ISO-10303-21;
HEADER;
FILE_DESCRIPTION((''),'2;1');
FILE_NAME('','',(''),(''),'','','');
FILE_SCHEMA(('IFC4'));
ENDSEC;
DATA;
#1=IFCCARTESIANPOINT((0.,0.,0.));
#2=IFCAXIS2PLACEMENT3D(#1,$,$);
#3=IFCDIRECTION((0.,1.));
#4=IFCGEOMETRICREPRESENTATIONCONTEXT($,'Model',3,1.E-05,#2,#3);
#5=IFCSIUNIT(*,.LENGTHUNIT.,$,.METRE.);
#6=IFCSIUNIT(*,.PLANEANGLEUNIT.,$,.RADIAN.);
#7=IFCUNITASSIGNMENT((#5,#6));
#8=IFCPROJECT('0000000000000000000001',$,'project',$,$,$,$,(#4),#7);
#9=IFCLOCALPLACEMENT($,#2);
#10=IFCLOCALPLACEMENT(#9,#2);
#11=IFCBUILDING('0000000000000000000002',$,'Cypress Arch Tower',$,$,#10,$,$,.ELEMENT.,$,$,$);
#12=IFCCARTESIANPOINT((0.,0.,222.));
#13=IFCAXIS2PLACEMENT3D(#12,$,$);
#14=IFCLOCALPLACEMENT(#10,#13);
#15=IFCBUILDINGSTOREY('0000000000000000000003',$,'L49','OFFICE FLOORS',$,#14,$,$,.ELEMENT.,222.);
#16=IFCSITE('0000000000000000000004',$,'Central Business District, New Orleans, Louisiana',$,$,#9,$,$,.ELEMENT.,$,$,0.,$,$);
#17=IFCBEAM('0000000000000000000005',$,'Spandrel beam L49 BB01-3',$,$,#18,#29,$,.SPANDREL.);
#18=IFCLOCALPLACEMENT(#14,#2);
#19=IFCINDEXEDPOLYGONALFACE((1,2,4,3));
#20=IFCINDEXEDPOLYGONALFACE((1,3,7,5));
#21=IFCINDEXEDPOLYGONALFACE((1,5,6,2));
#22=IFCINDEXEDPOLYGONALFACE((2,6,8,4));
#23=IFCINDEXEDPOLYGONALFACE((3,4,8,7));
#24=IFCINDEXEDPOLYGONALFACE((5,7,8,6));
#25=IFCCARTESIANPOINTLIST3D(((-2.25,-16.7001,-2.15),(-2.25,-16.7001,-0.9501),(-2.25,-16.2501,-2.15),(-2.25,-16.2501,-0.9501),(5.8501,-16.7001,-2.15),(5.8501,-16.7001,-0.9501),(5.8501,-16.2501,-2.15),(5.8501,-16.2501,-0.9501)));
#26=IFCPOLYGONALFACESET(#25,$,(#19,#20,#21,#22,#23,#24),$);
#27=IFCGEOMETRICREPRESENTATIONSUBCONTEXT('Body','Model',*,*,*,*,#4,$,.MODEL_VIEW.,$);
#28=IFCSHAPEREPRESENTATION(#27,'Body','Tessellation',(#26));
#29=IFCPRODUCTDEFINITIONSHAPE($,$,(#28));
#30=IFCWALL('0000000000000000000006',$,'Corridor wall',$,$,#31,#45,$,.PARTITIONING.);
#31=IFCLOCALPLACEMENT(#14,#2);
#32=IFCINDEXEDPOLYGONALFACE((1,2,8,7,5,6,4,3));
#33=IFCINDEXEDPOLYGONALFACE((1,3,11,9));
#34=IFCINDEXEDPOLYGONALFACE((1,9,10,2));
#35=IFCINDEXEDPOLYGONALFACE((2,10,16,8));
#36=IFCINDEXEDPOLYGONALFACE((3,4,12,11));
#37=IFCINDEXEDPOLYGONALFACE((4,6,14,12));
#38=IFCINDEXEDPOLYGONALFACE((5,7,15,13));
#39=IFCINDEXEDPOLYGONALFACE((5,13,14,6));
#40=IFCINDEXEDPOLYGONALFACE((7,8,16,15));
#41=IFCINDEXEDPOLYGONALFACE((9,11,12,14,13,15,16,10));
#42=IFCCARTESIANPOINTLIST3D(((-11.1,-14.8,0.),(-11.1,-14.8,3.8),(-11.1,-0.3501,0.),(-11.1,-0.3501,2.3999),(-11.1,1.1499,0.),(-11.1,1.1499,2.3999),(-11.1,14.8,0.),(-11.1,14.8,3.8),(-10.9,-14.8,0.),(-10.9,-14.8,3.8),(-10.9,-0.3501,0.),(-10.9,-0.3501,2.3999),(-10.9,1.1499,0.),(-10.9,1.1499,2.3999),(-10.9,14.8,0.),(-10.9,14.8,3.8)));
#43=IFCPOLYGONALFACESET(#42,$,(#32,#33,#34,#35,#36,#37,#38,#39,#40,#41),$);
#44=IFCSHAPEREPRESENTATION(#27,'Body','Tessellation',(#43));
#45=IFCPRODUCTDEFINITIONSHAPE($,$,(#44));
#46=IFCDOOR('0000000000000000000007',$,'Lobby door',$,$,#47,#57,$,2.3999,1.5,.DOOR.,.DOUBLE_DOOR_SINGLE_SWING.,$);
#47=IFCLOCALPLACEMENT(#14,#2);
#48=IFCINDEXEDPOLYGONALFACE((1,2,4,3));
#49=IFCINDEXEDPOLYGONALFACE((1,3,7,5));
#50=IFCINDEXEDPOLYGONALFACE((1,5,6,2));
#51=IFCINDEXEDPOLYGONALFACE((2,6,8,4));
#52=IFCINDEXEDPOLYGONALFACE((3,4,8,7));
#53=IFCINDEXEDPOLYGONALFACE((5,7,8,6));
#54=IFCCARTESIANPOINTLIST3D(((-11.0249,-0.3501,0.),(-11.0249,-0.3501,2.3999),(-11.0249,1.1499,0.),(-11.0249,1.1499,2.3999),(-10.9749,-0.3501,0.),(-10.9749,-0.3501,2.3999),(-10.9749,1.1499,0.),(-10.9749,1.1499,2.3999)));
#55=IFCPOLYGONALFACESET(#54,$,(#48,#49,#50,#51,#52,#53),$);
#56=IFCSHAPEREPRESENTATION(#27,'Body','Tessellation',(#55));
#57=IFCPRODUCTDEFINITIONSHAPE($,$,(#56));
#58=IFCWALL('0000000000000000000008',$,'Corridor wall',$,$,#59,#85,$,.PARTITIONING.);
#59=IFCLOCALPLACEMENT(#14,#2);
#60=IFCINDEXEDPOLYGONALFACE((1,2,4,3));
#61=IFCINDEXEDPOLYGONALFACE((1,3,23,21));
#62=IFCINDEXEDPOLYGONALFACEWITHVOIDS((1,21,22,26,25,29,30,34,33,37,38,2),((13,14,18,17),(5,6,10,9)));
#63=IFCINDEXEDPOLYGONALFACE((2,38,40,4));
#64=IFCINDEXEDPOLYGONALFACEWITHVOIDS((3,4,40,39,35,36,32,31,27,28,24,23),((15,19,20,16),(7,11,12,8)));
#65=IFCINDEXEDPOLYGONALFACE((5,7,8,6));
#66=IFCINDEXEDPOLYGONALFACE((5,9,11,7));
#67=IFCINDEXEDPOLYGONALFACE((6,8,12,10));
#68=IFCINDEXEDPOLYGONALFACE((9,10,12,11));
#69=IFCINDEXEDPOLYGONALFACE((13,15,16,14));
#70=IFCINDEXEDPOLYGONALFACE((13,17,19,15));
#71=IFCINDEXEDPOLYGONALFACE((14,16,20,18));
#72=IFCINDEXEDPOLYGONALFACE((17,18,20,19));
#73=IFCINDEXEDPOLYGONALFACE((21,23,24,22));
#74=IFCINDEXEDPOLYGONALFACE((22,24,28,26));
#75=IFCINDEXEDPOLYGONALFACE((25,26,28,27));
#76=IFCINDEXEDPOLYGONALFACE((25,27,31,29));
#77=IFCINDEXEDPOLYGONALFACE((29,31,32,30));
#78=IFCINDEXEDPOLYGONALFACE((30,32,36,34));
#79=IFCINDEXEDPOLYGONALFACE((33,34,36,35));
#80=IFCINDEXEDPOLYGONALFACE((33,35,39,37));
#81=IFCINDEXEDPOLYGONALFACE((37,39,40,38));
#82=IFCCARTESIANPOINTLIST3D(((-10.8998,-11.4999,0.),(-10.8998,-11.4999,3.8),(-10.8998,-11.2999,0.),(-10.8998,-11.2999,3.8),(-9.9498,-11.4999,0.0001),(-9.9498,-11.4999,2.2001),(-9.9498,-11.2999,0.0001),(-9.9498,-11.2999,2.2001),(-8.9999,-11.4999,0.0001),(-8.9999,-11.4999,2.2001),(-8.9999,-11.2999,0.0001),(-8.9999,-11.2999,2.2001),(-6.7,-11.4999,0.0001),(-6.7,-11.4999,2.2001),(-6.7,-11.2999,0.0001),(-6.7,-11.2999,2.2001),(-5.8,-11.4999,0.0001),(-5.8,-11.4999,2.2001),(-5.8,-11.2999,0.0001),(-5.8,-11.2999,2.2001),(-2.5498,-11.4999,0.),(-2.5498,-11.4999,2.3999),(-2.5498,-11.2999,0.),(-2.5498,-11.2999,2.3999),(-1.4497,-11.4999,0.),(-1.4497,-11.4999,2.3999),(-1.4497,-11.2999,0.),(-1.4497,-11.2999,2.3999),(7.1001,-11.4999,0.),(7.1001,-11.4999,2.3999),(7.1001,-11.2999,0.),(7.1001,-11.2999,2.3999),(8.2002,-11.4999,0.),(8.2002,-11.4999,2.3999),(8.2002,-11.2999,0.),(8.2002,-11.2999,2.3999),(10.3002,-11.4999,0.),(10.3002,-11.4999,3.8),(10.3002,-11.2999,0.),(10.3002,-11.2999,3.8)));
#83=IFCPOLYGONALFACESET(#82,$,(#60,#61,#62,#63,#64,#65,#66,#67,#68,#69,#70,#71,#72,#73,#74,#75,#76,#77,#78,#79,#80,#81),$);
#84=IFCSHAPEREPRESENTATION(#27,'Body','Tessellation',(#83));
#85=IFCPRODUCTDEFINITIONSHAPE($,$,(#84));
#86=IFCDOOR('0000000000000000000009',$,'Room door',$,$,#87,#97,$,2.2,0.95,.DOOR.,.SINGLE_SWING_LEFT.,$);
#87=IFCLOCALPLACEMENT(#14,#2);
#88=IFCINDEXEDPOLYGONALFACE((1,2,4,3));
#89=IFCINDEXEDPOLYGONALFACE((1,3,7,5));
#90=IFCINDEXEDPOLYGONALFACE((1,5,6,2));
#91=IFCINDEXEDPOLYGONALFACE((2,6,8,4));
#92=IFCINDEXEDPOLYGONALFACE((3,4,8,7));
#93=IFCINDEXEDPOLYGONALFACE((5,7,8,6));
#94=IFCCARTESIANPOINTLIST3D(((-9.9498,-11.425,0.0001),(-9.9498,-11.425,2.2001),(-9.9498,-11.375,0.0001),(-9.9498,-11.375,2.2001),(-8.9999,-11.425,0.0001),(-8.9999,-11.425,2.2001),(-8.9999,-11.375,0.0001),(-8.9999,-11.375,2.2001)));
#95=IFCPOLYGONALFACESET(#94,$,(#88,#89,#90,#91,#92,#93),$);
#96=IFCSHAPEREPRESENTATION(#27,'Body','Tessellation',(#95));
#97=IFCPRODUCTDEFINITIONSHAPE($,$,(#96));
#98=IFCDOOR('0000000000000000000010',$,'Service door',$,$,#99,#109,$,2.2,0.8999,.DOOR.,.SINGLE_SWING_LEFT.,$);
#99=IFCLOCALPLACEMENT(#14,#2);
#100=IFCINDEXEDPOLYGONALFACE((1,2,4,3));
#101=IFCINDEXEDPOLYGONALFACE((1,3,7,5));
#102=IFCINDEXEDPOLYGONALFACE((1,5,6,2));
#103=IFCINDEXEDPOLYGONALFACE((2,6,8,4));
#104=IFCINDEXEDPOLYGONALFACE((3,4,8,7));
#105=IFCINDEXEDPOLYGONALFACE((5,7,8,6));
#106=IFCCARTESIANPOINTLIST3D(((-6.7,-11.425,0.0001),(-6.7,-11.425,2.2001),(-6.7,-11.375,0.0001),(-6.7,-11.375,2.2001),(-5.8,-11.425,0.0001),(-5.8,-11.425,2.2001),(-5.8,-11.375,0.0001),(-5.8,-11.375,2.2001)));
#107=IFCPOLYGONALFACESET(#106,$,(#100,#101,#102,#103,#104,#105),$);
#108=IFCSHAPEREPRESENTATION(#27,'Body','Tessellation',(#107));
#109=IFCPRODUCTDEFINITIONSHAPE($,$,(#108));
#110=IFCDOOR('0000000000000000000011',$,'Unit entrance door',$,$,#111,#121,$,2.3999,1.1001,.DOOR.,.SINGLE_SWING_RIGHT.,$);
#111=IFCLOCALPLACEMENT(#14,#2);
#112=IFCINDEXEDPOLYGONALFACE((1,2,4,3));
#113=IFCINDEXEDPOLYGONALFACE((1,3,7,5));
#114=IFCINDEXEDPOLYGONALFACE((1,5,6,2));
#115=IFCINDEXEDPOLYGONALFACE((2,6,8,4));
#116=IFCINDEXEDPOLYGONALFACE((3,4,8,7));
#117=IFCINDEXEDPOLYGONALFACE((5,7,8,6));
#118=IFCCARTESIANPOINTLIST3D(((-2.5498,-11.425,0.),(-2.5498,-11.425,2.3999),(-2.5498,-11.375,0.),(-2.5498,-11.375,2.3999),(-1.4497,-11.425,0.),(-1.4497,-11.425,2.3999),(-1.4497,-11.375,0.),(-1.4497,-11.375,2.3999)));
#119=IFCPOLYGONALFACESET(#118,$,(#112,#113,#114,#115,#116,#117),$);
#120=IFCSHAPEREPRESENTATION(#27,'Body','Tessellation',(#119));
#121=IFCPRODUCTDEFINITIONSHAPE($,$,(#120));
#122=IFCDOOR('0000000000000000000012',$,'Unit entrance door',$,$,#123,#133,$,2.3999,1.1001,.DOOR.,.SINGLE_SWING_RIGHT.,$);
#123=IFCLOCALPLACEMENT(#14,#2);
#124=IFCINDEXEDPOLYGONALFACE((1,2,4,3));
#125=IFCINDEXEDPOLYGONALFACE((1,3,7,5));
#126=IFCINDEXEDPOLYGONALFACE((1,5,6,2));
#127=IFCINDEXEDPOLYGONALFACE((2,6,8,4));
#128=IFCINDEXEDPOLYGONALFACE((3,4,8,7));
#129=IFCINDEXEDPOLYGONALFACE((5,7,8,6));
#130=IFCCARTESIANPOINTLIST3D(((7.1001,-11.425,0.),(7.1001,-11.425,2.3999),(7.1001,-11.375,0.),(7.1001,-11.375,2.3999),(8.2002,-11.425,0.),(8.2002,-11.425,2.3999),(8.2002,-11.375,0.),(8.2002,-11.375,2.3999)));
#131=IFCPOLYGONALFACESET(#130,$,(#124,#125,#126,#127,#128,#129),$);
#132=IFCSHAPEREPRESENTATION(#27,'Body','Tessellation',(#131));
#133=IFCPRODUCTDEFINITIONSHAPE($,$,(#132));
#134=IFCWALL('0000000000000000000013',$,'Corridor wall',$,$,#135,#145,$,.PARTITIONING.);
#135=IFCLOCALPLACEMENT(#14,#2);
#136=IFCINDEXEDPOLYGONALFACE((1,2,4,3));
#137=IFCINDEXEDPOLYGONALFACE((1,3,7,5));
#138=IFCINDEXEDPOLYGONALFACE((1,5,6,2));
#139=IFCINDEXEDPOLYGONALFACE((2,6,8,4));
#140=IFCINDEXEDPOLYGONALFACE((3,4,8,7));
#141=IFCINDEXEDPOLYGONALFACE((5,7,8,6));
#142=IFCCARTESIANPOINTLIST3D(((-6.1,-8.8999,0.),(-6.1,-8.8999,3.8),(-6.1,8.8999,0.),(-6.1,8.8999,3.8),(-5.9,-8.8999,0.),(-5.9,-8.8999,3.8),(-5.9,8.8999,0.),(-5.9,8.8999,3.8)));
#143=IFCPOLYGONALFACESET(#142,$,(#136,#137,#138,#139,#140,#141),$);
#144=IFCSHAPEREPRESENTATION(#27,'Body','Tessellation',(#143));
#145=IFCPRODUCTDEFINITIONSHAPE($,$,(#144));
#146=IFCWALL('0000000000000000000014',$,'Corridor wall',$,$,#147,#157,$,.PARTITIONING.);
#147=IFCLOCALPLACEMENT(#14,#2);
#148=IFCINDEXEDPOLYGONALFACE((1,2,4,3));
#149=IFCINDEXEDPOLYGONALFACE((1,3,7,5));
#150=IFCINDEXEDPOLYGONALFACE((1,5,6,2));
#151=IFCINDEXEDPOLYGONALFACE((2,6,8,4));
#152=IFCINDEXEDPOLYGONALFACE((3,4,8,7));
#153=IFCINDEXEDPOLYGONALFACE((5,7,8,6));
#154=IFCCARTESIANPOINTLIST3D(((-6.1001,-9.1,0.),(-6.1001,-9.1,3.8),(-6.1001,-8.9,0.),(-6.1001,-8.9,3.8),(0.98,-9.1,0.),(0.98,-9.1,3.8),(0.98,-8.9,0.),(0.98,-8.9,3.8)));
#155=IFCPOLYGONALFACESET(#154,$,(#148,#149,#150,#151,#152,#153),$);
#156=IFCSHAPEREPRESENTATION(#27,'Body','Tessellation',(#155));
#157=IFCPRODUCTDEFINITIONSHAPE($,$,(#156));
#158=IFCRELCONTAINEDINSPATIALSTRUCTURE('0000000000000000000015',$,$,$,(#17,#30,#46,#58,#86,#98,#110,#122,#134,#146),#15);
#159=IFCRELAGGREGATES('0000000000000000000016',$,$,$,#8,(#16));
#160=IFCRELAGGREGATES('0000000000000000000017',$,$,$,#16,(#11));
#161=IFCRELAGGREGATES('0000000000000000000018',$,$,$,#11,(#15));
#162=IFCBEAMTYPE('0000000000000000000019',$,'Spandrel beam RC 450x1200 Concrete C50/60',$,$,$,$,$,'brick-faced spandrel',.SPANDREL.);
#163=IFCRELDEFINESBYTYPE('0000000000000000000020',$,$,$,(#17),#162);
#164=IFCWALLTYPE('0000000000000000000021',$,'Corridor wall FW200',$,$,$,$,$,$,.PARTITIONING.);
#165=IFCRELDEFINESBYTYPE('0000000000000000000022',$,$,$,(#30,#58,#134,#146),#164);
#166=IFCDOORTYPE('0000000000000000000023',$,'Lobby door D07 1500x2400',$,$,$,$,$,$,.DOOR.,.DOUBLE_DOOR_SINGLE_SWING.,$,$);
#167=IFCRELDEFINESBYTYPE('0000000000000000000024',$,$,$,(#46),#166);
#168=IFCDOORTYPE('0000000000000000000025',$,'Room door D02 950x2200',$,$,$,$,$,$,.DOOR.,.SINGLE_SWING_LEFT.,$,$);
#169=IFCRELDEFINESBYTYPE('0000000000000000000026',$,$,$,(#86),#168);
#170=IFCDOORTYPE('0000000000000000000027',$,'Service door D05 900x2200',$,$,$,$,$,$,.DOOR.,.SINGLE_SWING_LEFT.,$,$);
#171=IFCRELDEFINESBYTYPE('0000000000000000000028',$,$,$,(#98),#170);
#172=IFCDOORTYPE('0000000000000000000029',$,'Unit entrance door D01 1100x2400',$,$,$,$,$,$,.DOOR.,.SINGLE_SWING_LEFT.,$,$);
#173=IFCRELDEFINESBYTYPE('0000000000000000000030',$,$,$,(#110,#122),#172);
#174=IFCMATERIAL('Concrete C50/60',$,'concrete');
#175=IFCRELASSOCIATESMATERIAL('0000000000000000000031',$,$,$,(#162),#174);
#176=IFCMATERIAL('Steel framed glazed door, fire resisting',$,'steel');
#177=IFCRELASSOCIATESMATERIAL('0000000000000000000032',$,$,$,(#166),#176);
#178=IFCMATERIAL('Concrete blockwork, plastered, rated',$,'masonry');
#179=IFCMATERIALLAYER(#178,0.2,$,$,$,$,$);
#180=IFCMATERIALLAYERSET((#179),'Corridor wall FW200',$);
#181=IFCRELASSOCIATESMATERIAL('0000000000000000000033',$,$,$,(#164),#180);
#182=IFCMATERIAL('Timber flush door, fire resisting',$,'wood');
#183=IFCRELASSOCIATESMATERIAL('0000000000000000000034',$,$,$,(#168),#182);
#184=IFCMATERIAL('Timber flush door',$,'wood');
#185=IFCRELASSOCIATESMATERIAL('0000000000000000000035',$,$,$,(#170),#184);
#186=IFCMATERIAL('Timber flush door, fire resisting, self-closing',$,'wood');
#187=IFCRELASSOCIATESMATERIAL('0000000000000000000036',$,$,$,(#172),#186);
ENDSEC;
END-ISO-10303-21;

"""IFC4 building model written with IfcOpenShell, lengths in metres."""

from ifc_helpers import new_model, si_unit, direction, frame, frame_2d, origin, origin_2d, place, context, subcontext, project, spatial, rectangle, extrude, material, layer, layer_set, material_profile, profile_set, type_object, element, fill, save


model = new_model("IFC4")

# Units and contexts
model_context = context("Model", 3, precision=1e-05, world=origin(), true_north=direction((0.0, 1.0)))
body_context = subcontext(model_context, "Body", "Model", "MODEL_VIEW")
ifc_project = project(units=[si_unit("LENGTHUNIT", "METRE"), si_unit("PLANEANGLEUNIT", "RADIAN")], contexts=[model_context])

# Site, building, storey
site_placement = place(None, origin())
site = spatial("IfcSite", under=ifc_project, at=site_placement, Name="Central Business District, New Orleans, Louisiana", CompositionType="ELEMENT", RefElevation=0.0)
building_placement = place(site_placement, origin())
building = spatial("IfcBuilding", under=site, at=building_placement, Name="Cypress Arch Tower", CompositionType="ELEMENT")
storey_placement = place(building_placement, frame((0.0, 0.0, 222.0)))
storey = spatial("IfcBuildingStorey", under=building, at=storey_placement, Name="L49", Description="OFFICE FLOORS", CompositionType="ELEMENT", Elevation=222.0)

# Beam
ifc_material_1 = material(Name="Concrete C50/60", Category="concrete")
ifc_material_profile_1 = material_profile(ifc_material_1, rectangle(XDim=0.45, YDim=1.2, at=origin_2d()), Name="RC 450x1200")
ifc_profile_set_1 = profile_set([ifc_material_profile_1], Name="Concrete C50/60")
beam_type_1 = type_object("IfcBeamType", Name="Spandrel beam RC 450x1200 Concrete C50/60", ElementType="brick-faced spandrel", PredefinedType="SPANDREL", material=ifc_profile_set_1)
beam_1_placement = place(storey_placement, frame((-2.25, -16.4751, -1.55), z_axis=(1.0, 0.0, 0.0), x_axis=(0.0, 1.0, 0.0)))
element("IfcBeam", 1, at=beam_1_placement, inside=storey, type_object=beam_type_1, Name="Spandrel beam L49 BB01-3", PredefinedType="SPANDREL", context=body_context, shape_type="SweptSolid", body=[
    extrude(rectangle(XDim=0.45, YDim=1.2, at=origin_2d()), origin(), (0.0, 0.0, 1.0), 8.1001),
])

# Shared definitions
ifc_material_2 = material(Name="Steel framed glazed door, fire resisting", Category="steel")
door_type_1 = type_object("IfcDoorType", Name="Lobby door D07 1500x2400", OperationType="DOUBLE_DOOR_SINGLE_SWING", PredefinedType="DOOR", material=ifc_material_2)

# Shared definitions
ifc_material_3 = material(Name="Concrete blockwork, plastered, rated", Category="masonry")
ifc_layer_1 = layer(ifc_material_3, 0.2)
ifc_layer_set_1 = layer_set([ifc_layer_1], Name="Corridor wall FW200")
wall_type_1 = type_object("IfcWallType", Name="Corridor wall FW200", PredefinedType="PARTITIONING", material=ifc_layer_set_1)

# Wall, opening, door
wall_1_placement = place(storey_placement, frame((-11.0, -14.8, 0.0), z_axis=(0.0, 0.0, 1.0), x_axis=(0.0, 1.0, 0.0)))
wall_1 = element("IfcWall", 2, at=wall_1_placement, inside=storey, type_object=wall_type_1, Name="Corridor wall", PredefinedType="PARTITIONING", context=body_context, shape_type="SweptSolid", body=[
    extrude(rectangle(XDim=29.6001, YDim=0.2, at=frame_2d((14.8, 0.0))), origin(), (0.0, 0.0, 1.0), 3.8),
])
opening_1_placement = place(wall_1_placement, frame((14.45, 0.0, 0.0)))
opening_1 = element("IfcOpeningElement", 3, at=opening_1_placement, cuts=wall_1, PredefinedType="OPENING", context=body_context, shape_type="SweptSolid", body=[
    extrude(rectangle(XDim=1.5, YDim=2.3999, at=frame_2d((0.75, 1.2))), frame((0.0, 0.1099, 0.0), z_axis=(0.0, -1.0, 0.0), x_axis=(1.0, 0.0, 0.0)), (0.0, 0.0, 1.0), 0.22),
])
door_1_placement = place(opening_1_placement, origin())
door_1 = element("IfcDoor", 4, at=door_1_placement, inside=storey, type_object=door_type_1, Name="Lobby door", OperationType="DOUBLE_DOOR_SINGLE_SWING", OverallHeight=2.3999, OverallWidth=1.5, PredefinedType="DOOR", context=body_context, shape_type="SweptSolid", body=[
    extrude(rectangle(XDim=1.5, YDim=2.3999, at=frame_2d((0.75, 1.2))), frame((0.0, 0.0249, 0.0), z_axis=(0.0, -1.0, 0.0), x_axis=(1.0, 0.0, 0.0)), (0.0, 0.0, 1.0), 0.05),
])
fill(opening_1, door_1)

# Wall, openings, doors
wall_2_placement = place(storey_placement, frame((-10.8999, -11.3999, 0.0), z_axis=(0.0, 0.0, 1.0), x_axis=(1.0, 0.0, 0.0)))
wall_2 = element("IfcWall", 5, at=wall_2_placement, inside=storey, type_object=wall_type_1, Name="Corridor wall", PredefinedType="PARTITIONING", context=body_context, shape_type="SweptSolid", body=[
    extrude(rectangle(XDim=21.2, YDim=0.2, at=frame_2d((10.6001, 0.0))), origin(), (0.0, 0.0, 1.0), 3.8),
])
opening_2_placement = place(wall_2_placement, frame((0.95, 0.0, 0.0)))
opening_2 = element("IfcOpeningElement", 6, at=opening_2_placement, cuts=wall_2, PredefinedType="OPENING", context=body_context, shape_type="SweptSolid", body=[
    extrude(rectangle(XDim=0.95, YDim=2.2, at=frame_2d((0.4751, 1.1001))), frame((0.0, 0.1099, 0.0), z_axis=(0.0, -1.0, 0.0), x_axis=(1.0, 0.0, 0.0)), (0.0, 0.0, 1.0), 0.22),
])
opening_3_placement = place(wall_2_placement, frame((4.2, 0.0, 0.0)))
opening_3 = element("IfcOpeningElement", 7, at=opening_3_placement, cuts=wall_2, PredefinedType="OPENING", context=body_context, shape_type="SweptSolid", body=[
    extrude(rectangle(XDim=0.8999, YDim=2.2, at=frame_2d((0.45, 1.1001))), frame((0.0, 0.1099, 0.0), z_axis=(0.0, -1.0, 0.0), x_axis=(1.0, 0.0, 0.0)), (0.0, 0.0, 1.0), 0.22),
])
opening_4_placement = place(wall_2_placement, frame((8.3501, 0.0, 0.0)))
opening_4 = element("IfcOpeningElement", 8, at=opening_4_placement, cuts=wall_2, PredefinedType="OPENING", context=body_context, shape_type="SweptSolid", body=[
    extrude(rectangle(XDim=1.1001, YDim=2.3999, at=frame_2d((0.55, 1.2))), frame((0.0, 0.1099, 0.0), z_axis=(0.0, -1.0, 0.0), x_axis=(1.0, 0.0, 0.0)), (0.0, 0.0, 1.0), 0.22),
])
opening_5_placement = place(wall_2_placement, frame((18.0, 0.0, 0.0)))
opening_5 = element("IfcOpeningElement", 9, at=opening_5_placement, cuts=wall_2, PredefinedType="OPENING", context=body_context, shape_type="SweptSolid", body=[
    extrude(rectangle(XDim=1.1001, YDim=2.3999, at=frame_2d((0.55, 1.2))), frame((0.0, 0.1099, 0.0), z_axis=(0.0, -1.0, 0.0), x_axis=(1.0, 0.0, 0.0)), (0.0, 0.0, 1.0), 0.22),
])
ifc_material_4 = material(Name="Timber flush door, fire resisting", Category="wood")
door_type_2 = type_object("IfcDoorType", Name="Room door D02 950x2200", OperationType="SINGLE_SWING_LEFT", PredefinedType="DOOR", material=ifc_material_4)
door_2_placement = place(opening_2_placement, origin())
door_2 = element("IfcDoor", 10, at=door_2_placement, inside=storey, type_object=door_type_2, Name="Room door", OperationType="SINGLE_SWING_LEFT", OverallHeight=2.2, OverallWidth=0.95, PredefinedType="DOOR", context=body_context, shape_type="SweptSolid", body=[
    extrude(rectangle(XDim=0.95, YDim=2.2, at=frame_2d((0.4751, 1.1001))), frame((0.0, 0.0249, 0.0), z_axis=(0.0, -1.0, 0.0), x_axis=(1.0, 0.0, 0.0)), (0.0, 0.0, 1.0), 0.05),
])
fill(opening_2, door_2)
ifc_material_5 = material(Name="Timber flush door", Category="wood")
door_type_3 = type_object("IfcDoorType", Name="Service door D05 900x2200", OperationType="SINGLE_SWING_LEFT", PredefinedType="DOOR", material=ifc_material_5)
door_3_placement = place(opening_3_placement, origin())
door_3 = element("IfcDoor", 11, at=door_3_placement, inside=storey, type_object=door_type_3, Name="Service door", OperationType="SINGLE_SWING_LEFT", OverallHeight=2.2, OverallWidth=0.8999, PredefinedType="DOOR", context=body_context, shape_type="SweptSolid", body=[
    extrude(rectangle(XDim=0.8999, YDim=2.2, at=frame_2d((0.45, 1.1001))), frame((0.0, 0.0249, 0.0), z_axis=(0.0, -1.0, 0.0), x_axis=(1.0, 0.0, 0.0)), (0.0, 0.0, 1.0), 0.05),
])
fill(opening_3, door_3)
ifc_material_6 = material(Name="Timber flush door, fire resisting, self-closing", Category="wood")
door_type_4 = type_object("IfcDoorType", Name="Unit entrance door D01 1100x2400", OperationType="SINGLE_SWING_LEFT", PredefinedType="DOOR", material=ifc_material_6)
door_4_placement = place(opening_4_placement, origin())
door_4 = element("IfcDoor", 12, at=door_4_placement, inside=storey, type_object=door_type_4, Name="Unit entrance door", OperationType="SINGLE_SWING_RIGHT", OverallHeight=2.3999, OverallWidth=1.1001, PredefinedType="DOOR", context=body_context, shape_type="SweptSolid", body=[
    extrude(rectangle(XDim=1.1001, YDim=2.3999, at=frame_2d((0.55, 1.2))), frame((0.0, 0.0249, 0.0), z_axis=(0.0, -1.0, 0.0), x_axis=(1.0, 0.0, 0.0)), (0.0, 0.0, 1.0), 0.05),
])
fill(opening_4, door_4)
door_5_placement = place(opening_5_placement, origin())
door_5 = element("IfcDoor", 13, at=door_5_placement, inside=storey, type_object=door_type_4, Name="Unit entrance door", OperationType="SINGLE_SWING_RIGHT", OverallHeight=2.3999, OverallWidth=1.1001, PredefinedType="DOOR", context=body_context, shape_type="SweptSolid", body=[
    extrude(rectangle(XDim=1.1001, YDim=2.3999, at=frame_2d((0.55, 1.2))), frame((0.0, 0.0249, 0.0), z_axis=(0.0, -1.0, 0.0), x_axis=(1.0, 0.0, 0.0)), (0.0, 0.0, 1.0), 0.05),
])
fill(opening_5, door_5)

# Walls
wall_3_placement = place(storey_placement, frame((-6.0, -8.8999, 0.0), z_axis=(0.0, 0.0, 1.0), x_axis=(0.0, 1.0, 0.0)))
element("IfcWall", 14, at=wall_3_placement, inside=storey, type_object=wall_type_1, Name="Corridor wall", PredefinedType="PARTITIONING", context=body_context, shape_type="SweptSolid", body=[
    extrude(rectangle(XDim=17.7998, YDim=0.2, at=frame_2d((8.8999, 0.0))), origin(), (0.0, 0.0, 1.0), 3.8),
])
wall_4_placement = place(storey_placement, frame((-6.1001, -9.0, 0.0), z_axis=(0.0, 0.0, 1.0), x_axis=(1.0, 0.0, 0.0)))
element("IfcWall", 15, at=wall_4_placement, inside=storey, type_object=wall_type_1, Name="Corridor wall", PredefinedType="PARTITIONING", context=body_context, shape_type="SweptSolid", body=[
    extrude(rectangle(XDim=7.0801, YDim=0.2, at=frame_2d((3.54, 0.0))), origin(), (0.0, 0.0, 1.0), 3.8),
])

save(model, "model.ifc")
